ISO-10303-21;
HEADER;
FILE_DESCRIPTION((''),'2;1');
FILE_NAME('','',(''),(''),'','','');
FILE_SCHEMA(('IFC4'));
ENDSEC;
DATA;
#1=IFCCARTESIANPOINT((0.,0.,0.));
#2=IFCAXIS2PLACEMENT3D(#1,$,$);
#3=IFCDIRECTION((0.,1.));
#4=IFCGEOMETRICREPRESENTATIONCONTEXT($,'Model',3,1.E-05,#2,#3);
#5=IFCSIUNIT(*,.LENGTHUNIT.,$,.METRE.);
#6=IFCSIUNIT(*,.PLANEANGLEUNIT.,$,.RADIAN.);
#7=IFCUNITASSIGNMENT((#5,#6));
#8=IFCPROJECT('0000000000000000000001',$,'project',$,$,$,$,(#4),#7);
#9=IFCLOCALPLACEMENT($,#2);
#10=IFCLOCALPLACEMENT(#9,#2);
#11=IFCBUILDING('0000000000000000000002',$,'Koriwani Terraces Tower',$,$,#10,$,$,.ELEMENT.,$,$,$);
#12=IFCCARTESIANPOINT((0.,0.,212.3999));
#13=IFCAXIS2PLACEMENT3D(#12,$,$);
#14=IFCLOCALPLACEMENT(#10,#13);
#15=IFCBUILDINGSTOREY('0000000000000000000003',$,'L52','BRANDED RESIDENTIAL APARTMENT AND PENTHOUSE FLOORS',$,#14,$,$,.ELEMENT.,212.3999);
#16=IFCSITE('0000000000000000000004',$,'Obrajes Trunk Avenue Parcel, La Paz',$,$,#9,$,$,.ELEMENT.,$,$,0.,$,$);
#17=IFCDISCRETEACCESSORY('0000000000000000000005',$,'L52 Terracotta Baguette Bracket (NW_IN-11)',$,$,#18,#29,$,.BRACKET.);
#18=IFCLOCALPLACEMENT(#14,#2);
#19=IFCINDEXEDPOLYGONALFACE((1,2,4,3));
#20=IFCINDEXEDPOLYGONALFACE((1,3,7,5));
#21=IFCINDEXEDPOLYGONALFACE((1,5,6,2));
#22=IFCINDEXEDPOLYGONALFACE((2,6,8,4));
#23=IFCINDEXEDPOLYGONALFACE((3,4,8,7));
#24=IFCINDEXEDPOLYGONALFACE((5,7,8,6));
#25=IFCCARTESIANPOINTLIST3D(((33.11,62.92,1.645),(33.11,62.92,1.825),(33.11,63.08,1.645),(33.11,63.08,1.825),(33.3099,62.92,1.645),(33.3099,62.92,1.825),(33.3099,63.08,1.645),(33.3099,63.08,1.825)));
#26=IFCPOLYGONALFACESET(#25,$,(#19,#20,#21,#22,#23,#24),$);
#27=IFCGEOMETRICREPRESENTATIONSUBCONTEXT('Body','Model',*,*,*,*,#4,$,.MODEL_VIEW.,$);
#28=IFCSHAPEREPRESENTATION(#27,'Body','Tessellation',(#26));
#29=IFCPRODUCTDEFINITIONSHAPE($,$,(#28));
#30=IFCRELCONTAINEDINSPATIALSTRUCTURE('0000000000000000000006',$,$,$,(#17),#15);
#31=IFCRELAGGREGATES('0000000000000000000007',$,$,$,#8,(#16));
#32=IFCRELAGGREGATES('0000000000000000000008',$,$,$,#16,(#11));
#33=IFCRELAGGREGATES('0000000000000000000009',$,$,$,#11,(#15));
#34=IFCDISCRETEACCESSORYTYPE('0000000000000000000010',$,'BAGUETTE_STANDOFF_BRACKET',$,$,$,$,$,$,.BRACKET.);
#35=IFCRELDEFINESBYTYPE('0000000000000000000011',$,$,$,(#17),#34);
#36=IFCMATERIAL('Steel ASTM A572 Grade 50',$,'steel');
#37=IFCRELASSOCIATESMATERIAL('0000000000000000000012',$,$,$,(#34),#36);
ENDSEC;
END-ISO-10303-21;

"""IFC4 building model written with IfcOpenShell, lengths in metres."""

from ifc_helpers import new_model, si_unit, direction, frame, origin, origin_2d, place, context, subcontext, project, spatial, rectangle, extrude, material, type_object, element, save


model = new_model("IFC4")

# Units and contexts
model_context = context("Model", 3, precision=1e-05, world=origin(), true_north=direction((0.0, 1.0)))
body_context = subcontext(model_context, "Body", "Model", "MODEL_VIEW")
ifc_project = project(units=[si_unit("LENGTHUNIT", "METRE"), si_unit("PLANEANGLEUNIT", "RADIAN")], contexts=[model_context])

# Site, building, storey
site_placement = place(None, origin())
site = spatial("IfcSite", under=ifc_project, at=site_placement, Name="Obrajes Trunk Avenue Parcel, La Paz", CompositionType="ELEMENT", RefElevation=0.0)
building_placement = place(site_placement, origin())
building = spatial("IfcBuilding", under=site, at=building_placement, Name="Koriwani Terraces Tower", CompositionType="ELEMENT")
storey_placement = place(building_placement, frame((0.0, 0.0, 212.3999)))
storey = spatial("IfcBuildingStorey", under=building, at=storey_placement, Name="L52", Description="BRANDED RESIDENTIAL APARTMENT AND PENTHOUSE FLOORS", CompositionType="ELEMENT", Elevation=212.3999)

# Shared definitions
ifc_material_1 = material(Name="Steel ASTM A572 Grade 50", Category="steel")

# Discrete accessory
discrete_accessory_type = type_object("IfcDiscreteAccessoryType", Name="BAGUETTE_STANDOFF_BRACKET", PredefinedType="BRACKET", material=ifc_material_1)
discrete_accessory_placement = place(storey_placement, frame((33.21, 63.0, 1.645), z_axis=(0.0, 0.0, 1.0), x_axis=(0.0, -1.0, 0.0)))
element("IfcDiscreteAccessory", 1, at=discrete_accessory_placement, inside=storey, type_object=discrete_accessory_type, Name="L52 Terracotta Baguette Bracket (NW_IN-11)", PredefinedType="BRACKET", context=body_context, shape_type="SweptSolid", body=[
    extrude(rectangle(XDim=0.1599, YDim=0.2, at=origin_2d()), origin(), (0.0, 0.0, 1.0), 0.1799),
])

save(model, "model.ifc")
